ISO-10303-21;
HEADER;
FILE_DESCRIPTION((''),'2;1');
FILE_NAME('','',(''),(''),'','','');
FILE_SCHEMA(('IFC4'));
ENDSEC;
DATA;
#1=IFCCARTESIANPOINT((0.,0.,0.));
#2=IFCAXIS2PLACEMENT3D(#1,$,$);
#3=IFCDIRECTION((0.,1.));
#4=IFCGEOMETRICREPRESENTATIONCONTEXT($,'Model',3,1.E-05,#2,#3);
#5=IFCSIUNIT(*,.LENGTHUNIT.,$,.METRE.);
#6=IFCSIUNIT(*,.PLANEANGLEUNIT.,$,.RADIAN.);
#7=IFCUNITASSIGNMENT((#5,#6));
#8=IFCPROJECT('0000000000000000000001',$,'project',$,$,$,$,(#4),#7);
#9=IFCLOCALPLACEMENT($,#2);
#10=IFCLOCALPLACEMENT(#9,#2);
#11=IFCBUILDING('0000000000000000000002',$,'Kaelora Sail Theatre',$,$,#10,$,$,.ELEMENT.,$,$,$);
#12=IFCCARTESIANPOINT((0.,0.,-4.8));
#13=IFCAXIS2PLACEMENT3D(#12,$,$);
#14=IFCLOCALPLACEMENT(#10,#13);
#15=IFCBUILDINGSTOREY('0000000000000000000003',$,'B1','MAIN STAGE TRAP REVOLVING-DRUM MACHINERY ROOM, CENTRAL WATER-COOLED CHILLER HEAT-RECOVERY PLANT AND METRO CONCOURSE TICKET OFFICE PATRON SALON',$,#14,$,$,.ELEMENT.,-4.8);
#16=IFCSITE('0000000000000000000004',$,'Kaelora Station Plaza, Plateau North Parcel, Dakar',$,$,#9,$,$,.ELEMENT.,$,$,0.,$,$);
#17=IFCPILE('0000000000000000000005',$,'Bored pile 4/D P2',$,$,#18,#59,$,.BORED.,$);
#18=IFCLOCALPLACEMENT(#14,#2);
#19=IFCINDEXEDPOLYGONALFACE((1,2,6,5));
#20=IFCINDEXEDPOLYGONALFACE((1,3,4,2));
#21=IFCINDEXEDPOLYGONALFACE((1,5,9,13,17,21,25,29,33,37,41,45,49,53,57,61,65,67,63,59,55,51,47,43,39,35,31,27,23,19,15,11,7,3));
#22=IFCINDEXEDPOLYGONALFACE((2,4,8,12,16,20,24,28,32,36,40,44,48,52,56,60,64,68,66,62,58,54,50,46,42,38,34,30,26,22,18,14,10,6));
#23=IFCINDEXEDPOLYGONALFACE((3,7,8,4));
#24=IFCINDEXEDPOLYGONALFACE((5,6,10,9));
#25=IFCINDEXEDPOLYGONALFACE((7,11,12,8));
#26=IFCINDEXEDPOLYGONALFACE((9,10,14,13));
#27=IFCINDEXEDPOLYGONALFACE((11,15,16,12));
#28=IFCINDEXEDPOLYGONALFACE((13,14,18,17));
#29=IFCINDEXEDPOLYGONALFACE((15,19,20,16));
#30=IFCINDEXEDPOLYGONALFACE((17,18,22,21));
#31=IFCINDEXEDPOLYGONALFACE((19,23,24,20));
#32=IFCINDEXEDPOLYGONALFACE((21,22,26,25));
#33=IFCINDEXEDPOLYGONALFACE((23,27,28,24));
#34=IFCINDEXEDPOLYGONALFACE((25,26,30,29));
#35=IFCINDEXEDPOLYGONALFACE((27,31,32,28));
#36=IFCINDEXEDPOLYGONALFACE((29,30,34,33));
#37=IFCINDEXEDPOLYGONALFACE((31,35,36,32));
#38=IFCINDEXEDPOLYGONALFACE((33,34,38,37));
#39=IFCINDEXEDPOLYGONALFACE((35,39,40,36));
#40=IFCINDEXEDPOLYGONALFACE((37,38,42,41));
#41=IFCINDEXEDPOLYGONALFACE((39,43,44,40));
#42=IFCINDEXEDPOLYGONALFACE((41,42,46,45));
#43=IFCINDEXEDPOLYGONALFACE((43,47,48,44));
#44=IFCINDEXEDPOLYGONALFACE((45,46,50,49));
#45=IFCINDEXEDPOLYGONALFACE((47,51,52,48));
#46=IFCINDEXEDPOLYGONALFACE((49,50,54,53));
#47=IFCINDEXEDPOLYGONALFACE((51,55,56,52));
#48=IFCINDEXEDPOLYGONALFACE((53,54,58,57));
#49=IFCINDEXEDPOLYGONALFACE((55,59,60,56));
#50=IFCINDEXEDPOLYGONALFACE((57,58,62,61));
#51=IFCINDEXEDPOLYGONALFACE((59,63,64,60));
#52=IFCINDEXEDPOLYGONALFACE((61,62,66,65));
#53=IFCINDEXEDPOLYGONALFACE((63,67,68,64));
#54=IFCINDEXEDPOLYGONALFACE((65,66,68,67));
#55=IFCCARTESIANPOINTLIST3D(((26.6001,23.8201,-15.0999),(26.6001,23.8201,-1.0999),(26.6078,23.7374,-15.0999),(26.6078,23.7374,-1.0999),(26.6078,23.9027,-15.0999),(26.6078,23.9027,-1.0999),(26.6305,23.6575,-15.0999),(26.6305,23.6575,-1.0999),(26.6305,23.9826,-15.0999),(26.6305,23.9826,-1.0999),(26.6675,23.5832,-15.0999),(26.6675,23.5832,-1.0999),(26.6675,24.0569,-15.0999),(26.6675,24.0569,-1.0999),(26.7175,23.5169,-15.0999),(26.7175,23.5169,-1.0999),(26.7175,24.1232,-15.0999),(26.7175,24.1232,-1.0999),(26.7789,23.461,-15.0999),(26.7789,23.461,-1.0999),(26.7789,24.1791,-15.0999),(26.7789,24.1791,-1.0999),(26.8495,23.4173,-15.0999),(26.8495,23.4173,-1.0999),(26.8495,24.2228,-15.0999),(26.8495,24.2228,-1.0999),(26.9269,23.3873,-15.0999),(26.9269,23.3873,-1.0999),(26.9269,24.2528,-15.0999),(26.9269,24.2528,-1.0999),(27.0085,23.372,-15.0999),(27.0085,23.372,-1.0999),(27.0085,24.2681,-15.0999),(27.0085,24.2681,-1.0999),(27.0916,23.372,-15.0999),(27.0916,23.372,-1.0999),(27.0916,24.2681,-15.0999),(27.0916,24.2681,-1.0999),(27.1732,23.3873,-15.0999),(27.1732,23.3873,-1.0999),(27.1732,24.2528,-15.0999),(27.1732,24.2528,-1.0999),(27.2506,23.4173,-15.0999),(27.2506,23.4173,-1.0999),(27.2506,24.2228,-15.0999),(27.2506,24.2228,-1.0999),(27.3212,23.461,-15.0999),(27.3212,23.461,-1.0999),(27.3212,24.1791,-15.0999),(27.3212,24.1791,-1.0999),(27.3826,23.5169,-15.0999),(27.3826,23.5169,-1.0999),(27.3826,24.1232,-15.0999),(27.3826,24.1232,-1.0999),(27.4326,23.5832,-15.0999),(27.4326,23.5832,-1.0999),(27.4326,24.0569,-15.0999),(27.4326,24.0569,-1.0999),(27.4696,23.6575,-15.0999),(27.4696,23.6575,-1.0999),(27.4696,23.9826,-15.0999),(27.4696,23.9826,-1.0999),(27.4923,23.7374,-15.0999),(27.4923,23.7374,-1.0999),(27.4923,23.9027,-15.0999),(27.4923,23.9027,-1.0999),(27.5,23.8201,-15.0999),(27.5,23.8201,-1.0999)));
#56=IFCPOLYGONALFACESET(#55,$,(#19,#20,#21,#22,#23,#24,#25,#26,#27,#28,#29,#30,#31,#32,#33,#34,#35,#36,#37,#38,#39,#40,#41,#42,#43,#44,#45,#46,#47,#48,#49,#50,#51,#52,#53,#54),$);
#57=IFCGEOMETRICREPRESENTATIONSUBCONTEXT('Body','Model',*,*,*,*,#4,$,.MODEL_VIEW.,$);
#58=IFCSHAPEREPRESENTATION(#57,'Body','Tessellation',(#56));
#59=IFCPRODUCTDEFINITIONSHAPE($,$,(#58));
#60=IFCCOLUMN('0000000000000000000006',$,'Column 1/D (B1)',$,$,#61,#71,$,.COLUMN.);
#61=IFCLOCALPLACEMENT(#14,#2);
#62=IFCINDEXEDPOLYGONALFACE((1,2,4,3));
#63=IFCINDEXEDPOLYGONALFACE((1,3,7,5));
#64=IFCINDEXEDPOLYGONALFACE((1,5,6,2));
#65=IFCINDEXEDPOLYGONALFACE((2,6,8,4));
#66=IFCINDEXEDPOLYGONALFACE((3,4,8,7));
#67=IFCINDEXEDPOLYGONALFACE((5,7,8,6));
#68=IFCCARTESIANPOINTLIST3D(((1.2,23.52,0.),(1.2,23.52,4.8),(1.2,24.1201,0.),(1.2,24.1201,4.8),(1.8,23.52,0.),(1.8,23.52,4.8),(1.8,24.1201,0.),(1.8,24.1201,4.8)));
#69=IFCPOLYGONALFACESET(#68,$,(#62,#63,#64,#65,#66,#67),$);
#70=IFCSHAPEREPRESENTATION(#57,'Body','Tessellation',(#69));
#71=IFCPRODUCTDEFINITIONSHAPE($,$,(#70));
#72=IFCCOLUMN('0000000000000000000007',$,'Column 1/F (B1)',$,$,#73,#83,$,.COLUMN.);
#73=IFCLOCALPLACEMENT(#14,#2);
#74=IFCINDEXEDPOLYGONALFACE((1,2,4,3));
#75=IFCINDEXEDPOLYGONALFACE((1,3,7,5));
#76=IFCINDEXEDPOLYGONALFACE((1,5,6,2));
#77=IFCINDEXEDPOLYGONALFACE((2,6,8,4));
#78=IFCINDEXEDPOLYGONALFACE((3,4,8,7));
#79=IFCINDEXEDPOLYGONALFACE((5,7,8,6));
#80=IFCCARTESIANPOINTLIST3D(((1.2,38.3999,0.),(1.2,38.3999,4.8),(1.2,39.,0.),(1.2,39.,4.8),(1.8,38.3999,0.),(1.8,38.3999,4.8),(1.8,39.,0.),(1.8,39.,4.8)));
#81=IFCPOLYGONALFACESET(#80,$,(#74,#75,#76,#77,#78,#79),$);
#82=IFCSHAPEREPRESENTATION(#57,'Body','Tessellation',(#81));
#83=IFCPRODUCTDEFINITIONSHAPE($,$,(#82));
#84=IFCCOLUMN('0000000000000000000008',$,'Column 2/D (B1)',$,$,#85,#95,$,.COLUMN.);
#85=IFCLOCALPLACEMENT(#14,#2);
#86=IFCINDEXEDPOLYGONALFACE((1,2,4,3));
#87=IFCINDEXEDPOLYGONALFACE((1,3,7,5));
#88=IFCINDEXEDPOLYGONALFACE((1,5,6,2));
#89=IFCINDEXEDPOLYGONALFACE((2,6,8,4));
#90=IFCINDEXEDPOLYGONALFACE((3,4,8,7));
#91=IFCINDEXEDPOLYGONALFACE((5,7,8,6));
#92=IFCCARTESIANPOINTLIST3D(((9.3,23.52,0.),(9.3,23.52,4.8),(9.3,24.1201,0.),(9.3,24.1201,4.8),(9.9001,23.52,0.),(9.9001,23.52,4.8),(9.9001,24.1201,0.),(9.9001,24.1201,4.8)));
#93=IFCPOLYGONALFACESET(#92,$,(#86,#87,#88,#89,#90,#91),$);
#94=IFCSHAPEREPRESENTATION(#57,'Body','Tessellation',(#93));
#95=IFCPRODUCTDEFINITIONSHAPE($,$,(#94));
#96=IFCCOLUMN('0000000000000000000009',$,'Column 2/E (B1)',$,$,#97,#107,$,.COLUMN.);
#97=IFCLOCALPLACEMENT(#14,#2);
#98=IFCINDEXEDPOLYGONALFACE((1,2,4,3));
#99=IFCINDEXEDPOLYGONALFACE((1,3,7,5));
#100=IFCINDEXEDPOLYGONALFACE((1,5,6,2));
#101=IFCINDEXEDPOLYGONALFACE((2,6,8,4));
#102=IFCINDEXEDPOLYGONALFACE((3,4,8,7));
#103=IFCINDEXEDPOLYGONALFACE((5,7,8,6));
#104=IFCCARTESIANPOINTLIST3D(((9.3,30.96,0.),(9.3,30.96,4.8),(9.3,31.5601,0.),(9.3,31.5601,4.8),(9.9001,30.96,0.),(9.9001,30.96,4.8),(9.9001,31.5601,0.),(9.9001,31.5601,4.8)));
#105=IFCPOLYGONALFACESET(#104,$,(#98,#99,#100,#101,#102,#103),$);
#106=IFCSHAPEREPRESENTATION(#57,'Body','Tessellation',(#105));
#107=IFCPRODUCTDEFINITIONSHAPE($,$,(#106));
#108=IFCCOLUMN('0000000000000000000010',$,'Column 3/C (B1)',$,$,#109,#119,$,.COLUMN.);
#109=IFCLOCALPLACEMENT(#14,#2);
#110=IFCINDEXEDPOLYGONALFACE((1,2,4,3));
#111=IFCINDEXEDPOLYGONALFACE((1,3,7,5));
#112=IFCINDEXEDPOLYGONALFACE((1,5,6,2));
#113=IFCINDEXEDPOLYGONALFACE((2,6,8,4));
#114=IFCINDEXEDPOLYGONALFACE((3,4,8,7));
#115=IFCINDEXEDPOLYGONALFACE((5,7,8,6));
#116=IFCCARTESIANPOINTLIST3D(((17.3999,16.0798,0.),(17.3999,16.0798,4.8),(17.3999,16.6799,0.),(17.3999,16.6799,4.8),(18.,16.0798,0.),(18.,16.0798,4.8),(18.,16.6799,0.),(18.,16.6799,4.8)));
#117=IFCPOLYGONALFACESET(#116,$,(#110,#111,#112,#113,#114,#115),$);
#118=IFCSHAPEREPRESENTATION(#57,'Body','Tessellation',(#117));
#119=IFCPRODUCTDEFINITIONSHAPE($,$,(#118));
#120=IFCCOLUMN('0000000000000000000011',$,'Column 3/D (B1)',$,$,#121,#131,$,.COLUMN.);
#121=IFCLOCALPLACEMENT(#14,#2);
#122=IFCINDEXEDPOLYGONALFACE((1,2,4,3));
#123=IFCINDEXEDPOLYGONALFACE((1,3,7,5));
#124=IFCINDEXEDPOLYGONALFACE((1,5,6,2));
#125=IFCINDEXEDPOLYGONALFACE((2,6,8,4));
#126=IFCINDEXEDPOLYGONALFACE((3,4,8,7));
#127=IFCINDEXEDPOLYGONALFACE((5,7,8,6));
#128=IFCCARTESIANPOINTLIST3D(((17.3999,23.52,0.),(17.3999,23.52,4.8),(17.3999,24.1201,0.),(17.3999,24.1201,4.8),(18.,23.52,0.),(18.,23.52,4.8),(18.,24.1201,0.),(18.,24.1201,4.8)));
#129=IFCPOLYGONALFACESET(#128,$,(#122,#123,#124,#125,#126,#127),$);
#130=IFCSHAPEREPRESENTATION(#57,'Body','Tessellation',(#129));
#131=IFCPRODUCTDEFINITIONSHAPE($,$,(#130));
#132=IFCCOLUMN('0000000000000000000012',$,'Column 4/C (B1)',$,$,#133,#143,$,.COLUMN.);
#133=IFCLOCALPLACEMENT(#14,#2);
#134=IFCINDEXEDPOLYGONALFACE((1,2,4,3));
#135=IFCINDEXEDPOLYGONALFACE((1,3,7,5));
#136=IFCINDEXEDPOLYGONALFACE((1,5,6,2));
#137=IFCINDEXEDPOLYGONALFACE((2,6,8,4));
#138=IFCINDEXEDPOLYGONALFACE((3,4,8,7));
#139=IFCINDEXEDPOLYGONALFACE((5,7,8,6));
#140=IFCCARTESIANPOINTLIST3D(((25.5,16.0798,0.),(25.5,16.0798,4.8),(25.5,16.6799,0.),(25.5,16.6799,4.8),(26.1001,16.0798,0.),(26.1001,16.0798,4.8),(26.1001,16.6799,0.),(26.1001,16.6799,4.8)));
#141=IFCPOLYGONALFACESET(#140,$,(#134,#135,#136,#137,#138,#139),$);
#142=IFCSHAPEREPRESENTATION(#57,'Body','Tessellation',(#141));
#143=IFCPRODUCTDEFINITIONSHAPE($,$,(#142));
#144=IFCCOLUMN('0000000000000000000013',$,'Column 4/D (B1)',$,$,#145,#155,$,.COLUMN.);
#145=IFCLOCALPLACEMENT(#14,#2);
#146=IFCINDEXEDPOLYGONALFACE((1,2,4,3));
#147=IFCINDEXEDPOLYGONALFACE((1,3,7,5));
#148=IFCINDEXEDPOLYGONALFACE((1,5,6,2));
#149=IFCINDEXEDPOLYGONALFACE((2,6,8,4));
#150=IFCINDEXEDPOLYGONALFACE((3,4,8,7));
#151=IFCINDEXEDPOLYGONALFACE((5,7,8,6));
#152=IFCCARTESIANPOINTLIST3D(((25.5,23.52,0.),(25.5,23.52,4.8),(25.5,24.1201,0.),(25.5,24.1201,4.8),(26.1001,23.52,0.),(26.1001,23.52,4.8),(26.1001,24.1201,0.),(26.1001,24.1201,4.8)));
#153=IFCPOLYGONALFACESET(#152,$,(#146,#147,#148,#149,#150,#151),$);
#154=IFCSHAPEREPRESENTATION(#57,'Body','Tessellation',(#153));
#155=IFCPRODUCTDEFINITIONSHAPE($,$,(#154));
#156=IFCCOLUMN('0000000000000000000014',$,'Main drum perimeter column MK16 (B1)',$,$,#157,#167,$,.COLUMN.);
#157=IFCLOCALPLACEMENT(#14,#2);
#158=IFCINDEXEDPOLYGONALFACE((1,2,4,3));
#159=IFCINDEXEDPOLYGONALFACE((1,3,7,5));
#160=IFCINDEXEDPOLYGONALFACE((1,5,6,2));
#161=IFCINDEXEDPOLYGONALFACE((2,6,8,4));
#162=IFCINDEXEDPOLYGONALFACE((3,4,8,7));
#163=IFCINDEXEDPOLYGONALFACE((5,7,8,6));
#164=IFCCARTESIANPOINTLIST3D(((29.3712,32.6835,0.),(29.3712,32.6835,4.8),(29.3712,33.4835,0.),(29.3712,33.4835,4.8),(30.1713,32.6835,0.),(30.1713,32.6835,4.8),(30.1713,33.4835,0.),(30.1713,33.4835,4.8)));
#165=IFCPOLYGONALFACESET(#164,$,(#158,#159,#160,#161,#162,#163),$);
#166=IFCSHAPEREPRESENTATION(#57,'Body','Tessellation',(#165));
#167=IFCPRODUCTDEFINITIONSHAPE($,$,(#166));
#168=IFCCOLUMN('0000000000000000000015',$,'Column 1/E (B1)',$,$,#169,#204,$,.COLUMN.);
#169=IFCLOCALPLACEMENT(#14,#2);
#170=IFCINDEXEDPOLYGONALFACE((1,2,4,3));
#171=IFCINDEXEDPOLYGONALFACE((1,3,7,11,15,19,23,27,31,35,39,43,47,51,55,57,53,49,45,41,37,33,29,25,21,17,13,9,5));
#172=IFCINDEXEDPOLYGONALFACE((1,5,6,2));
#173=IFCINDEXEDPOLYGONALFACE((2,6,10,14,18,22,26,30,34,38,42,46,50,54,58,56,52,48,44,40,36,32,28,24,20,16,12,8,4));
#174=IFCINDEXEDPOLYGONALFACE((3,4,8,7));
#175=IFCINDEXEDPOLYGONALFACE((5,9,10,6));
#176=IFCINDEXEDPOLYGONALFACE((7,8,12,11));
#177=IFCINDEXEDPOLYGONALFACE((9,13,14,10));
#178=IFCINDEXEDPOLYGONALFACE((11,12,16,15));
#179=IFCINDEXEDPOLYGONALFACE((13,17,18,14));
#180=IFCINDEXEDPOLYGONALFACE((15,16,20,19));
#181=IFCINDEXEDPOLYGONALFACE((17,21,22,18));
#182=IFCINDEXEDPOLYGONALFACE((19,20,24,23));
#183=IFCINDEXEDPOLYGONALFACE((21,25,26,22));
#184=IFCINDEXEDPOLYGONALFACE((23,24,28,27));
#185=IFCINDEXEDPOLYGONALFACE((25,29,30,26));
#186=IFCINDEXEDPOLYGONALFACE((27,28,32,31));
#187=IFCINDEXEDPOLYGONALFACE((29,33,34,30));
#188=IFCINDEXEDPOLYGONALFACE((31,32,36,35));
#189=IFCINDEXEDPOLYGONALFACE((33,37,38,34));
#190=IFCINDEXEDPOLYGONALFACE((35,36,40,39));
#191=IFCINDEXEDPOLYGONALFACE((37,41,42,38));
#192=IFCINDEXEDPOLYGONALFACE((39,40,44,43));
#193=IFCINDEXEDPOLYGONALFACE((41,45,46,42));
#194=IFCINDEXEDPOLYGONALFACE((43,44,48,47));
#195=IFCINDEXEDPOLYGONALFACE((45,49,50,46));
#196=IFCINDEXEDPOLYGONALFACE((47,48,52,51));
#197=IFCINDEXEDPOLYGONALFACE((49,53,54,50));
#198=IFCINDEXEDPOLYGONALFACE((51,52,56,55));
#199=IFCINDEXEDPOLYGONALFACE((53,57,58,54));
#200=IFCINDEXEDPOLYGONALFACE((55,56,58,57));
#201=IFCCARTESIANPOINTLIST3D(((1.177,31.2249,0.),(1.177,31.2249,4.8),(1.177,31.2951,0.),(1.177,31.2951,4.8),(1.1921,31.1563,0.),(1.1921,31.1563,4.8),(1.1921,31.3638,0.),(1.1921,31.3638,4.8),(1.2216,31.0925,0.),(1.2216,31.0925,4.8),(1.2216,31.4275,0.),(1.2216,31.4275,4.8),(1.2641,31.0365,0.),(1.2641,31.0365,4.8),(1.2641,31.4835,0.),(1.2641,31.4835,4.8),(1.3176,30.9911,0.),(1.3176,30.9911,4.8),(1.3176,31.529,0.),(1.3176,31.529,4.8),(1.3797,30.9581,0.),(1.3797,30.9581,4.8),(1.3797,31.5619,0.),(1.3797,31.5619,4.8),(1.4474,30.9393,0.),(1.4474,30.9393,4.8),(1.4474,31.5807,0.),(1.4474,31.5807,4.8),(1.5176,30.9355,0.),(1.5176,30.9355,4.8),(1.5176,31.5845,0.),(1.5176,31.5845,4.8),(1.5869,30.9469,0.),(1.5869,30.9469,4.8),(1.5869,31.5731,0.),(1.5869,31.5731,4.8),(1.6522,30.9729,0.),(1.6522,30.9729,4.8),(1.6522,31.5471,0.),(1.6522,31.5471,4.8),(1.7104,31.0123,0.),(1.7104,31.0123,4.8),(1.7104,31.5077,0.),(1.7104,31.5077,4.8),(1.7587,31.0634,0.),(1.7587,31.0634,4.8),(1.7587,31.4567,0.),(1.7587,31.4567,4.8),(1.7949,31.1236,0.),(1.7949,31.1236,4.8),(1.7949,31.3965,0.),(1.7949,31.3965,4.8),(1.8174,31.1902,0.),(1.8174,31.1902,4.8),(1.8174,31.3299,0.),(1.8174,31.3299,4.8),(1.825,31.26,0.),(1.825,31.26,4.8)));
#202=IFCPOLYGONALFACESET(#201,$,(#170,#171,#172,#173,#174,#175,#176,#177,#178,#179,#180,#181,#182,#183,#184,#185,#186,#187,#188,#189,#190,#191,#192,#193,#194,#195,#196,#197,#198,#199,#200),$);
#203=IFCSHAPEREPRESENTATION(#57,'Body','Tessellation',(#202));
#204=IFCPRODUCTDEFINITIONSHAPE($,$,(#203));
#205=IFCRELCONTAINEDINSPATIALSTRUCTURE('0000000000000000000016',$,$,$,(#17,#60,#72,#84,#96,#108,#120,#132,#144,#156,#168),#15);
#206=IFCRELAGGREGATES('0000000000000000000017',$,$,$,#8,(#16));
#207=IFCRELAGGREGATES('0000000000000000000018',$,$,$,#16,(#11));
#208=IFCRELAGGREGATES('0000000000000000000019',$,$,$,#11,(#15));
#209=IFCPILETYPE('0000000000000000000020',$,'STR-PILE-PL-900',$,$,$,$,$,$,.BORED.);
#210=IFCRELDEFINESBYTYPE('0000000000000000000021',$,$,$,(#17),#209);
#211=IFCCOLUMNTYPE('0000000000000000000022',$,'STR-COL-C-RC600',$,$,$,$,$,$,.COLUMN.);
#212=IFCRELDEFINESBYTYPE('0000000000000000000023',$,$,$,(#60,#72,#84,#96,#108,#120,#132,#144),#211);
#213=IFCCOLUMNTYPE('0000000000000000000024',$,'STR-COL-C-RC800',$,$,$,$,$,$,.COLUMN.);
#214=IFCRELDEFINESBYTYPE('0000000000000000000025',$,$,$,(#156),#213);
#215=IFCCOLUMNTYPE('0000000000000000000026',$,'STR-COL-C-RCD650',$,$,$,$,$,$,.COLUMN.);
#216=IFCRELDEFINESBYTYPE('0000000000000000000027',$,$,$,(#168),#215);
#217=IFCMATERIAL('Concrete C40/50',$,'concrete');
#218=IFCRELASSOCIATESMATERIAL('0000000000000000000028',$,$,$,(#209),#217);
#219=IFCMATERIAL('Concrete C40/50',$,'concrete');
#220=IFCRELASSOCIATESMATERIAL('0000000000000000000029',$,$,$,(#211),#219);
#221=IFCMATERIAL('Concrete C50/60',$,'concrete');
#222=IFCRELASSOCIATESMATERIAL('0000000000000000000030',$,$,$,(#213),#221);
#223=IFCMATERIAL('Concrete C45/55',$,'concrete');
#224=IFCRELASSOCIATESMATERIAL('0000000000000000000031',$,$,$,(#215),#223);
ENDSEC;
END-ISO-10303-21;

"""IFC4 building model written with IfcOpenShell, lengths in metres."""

from ifc_helpers import new_model, si_unit, direction, frame, origin, origin_2d, place, context, subcontext, project, spatial, rectangle, circle, extrude, material, material_profile, profile_set, type_object, element, save


model = new_model("IFC4")

# Units and contexts
model_context = context("Model", 3, precision=1e-05, world=origin(), true_north=direction((0.0, 1.0)))
body_context = subcontext(model_context, "Body", "Model", "MODEL_VIEW")
ifc_project = project(units=[si_unit("LENGTHUNIT", "METRE"), si_unit("PLANEANGLEUNIT", "RADIAN")], contexts=[model_context])

# Site, building, storey
site_placement = place(None, origin())
site = spatial("IfcSite", under=ifc_project, at=site_placement, Name="Kaelora Station Plaza, Plateau North Parcel, Dakar", CompositionType="ELEMENT", RefElevation=0.0)
building_placement = place(site_placement, origin())
building = spatial("IfcBuilding", under=site, at=building_placement, Name="Kaelora Sail Theatre", CompositionType="ELEMENT")
storey_placement = place(building_placement, frame((0.0, 0.0, -4.8)))
storey = spatial("IfcBuildingStorey", under=building, at=storey_placement, Name="B1", Description="MAIN STAGE TRAP REVOLVING-DRUM MACHINERY ROOM, CENTRAL WATER-COOLED CHILLER HEAT-RECOVERY PLANT AND METRO CONCOURSE TICKET OFFICE PATRON SALON", CompositionType="ELEMENT", Elevation=-4.8)

# Pile
ifc_material_1 = material(Name="Concrete C40/50", Category="concrete")
ifc_material_profile_1 = material_profile(ifc_material_1, circle(Radius=0.45, at=origin_2d()), Name="PILE D900")
ifc_profile_set_1 = profile_set([ifc_material_profile_1], Name="Concrete C40/50")
pile_type = type_object("IfcPileType", Name="STR-PILE-PL-900", PredefinedType="BORED", material=ifc_profile_set_1)
for number, where, z_axis, x_axis, name in (
    (1, (27.05, 23.8201, -1.0999), (0.0, 0.0, -1.0), (1.0, 0.0, 0.0), "Bored pile 4/D P2"),
):
    element("IfcPile", number, at=place(storey_placement, frame(where, z_axis=z_axis, x_axis=x_axis)), inside=storey, type_object=pile_type, Name=name, PredefinedType="BORED", context=body_context, shape_type="SweptSolid", body=[
        extrude(circle(Radius=0.45, at=origin_2d()), origin(), (0.0, 0.0, 1.0), 14.0),
    ])

# Columns
ifc_material_2 = material(Name="Concrete C40/50", Category="concrete")
ifc_material_profile_2 = material_profile(ifc_material_2, rectangle(XDim=0.6001, YDim=0.6001, at=origin_2d()), Name="RC-COL 600x600")
ifc_profile_set_2 = profile_set([ifc_material_profile_2], Name="Concrete C40/50")
column_type_1 = type_object("IfcColumnType", Name="STR-COL-C-RC600", PredefinedType="COLUMN", material=ifc_profile_set_2)
for number, where, z_axis, x_axis, name in (
    (2, (1.5, 23.8201, 0.0), (0.0, 0.0, 1.0), (1.0, 0.0, 0.0), "Column 1/D (B1)"),
    (3, (1.5, 38.7, 0.0), (0.0, 0.0, 1.0), (1.0, 0.0, 0.0), "Column 1/F (B1)"),
    (4, (9.6001, 23.8201, 0.0), (0.0, 0.0, 1.0), (1.0, 0.0, 0.0), "Column 2/D (B1)"),
    (5, (9.6001, 31.26, 0.0), (0.0, 0.0, 1.0), (1.0, 0.0, 0.0), "Column 2/E (B1)"),
    (6, (17.7, 16.3799, 0.0), (0.0, 0.0, 1.0), (1.0, 0.0, 0.0), "Column 3/C (B1)"),
    (7, (17.7, 23.8201, 0.0), (0.0, 0.0, 1.0), (1.0, 0.0, 0.0), "Column 3/D (B1)"),
    (8, (25.8, 16.3799, 0.0), (0.0, 0.0, 1.0), (1.0, 0.0, 0.0), "Column 4/C (B1)"),
    (9, (25.8, 23.8201, 0.0), (0.0, 0.0, 1.0), (1.0, 0.0, 0.0), "Column 4/D (B1)"),
):
    element("IfcColumn", number, at=place(storey_placement, frame(where, z_axis=z_axis, x_axis=x_axis)), inside=storey, type_object=column_type_1, Name=name, PredefinedType="COLUMN", context=body_context, shape_type="SweptSolid", body=[
        extrude(rectangle(XDim=0.6001, YDim=0.6001, at=origin_2d()), origin(), (0.0, 0.0, 1.0), 4.8),
    ])
ifc_material_3 = material(Name="Concrete C50/60", Category="concrete")
ifc_material_profile_3 = material_profile(ifc_material_3, rectangle(XDim=0.8, YDim=0.8, at=origin_2d()), Name="RC-COL 800x800")
ifc_profile_set_3 = profile_set([ifc_material_profile_3], Name="Concrete C50/60")
column_type_2 = type_object("IfcColumnType", Name="STR-COL-C-RC800", PredefinedType="COLUMN", material=ifc_profile_set_3)
column_1_placement = place(storey_placement, frame((29.7712, 33.0835, 0.0), z_axis=(0.0, 0.0, 1.0), x_axis=(1.0, 0.0, 0.0)))
element("IfcColumn", 10, at=column_1_placement, inside=storey, type_object=column_type_2, Name="Main drum perimeter column MK16 (B1)", PredefinedType="COLUMN", context=body_context, shape_type="SweptSolid", body=[
    extrude(rectangle(XDim=0.8, YDim=0.8, at=origin_2d()), origin(), (0.0, 0.0, 1.0), 4.8),
])
ifc_material_4 = material(Name="Concrete C45/55", Category="concrete")
ifc_material_profile_4 = material_profile(ifc_material_4, circle(Radius=0.325, at=origin_2d()), Name="RC-CCOL D650")
ifc_profile_set_4 = profile_set([ifc_material_profile_4], Name="Concrete C45/55")
column_type_3 = type_object("IfcColumnType", Name="STR-COL-C-RCD650", PredefinedType="COLUMN", material=ifc_profile_set_4)
for number, where, z_axis, x_axis, name in (
    (11, (1.5, 31.26, 0.0), (0.0, 0.0, 1.0), (1.0, 0.0, 0.0), "Column 1/E (B1)"),
):
    element("IfcColumn", number, at=place(storey_placement, frame(where, z_axis=z_axis, x_axis=x_axis)), inside=storey, type_object=column_type_3, Name=name, PredefinedType="COLUMN", context=body_context, shape_type="SweptSolid", body=[
        extrude(circle(Radius=0.325, at=origin_2d()), origin(), (0.0, 0.0, 1.0), 4.8),
    ])

save(model, "model.ifc")
